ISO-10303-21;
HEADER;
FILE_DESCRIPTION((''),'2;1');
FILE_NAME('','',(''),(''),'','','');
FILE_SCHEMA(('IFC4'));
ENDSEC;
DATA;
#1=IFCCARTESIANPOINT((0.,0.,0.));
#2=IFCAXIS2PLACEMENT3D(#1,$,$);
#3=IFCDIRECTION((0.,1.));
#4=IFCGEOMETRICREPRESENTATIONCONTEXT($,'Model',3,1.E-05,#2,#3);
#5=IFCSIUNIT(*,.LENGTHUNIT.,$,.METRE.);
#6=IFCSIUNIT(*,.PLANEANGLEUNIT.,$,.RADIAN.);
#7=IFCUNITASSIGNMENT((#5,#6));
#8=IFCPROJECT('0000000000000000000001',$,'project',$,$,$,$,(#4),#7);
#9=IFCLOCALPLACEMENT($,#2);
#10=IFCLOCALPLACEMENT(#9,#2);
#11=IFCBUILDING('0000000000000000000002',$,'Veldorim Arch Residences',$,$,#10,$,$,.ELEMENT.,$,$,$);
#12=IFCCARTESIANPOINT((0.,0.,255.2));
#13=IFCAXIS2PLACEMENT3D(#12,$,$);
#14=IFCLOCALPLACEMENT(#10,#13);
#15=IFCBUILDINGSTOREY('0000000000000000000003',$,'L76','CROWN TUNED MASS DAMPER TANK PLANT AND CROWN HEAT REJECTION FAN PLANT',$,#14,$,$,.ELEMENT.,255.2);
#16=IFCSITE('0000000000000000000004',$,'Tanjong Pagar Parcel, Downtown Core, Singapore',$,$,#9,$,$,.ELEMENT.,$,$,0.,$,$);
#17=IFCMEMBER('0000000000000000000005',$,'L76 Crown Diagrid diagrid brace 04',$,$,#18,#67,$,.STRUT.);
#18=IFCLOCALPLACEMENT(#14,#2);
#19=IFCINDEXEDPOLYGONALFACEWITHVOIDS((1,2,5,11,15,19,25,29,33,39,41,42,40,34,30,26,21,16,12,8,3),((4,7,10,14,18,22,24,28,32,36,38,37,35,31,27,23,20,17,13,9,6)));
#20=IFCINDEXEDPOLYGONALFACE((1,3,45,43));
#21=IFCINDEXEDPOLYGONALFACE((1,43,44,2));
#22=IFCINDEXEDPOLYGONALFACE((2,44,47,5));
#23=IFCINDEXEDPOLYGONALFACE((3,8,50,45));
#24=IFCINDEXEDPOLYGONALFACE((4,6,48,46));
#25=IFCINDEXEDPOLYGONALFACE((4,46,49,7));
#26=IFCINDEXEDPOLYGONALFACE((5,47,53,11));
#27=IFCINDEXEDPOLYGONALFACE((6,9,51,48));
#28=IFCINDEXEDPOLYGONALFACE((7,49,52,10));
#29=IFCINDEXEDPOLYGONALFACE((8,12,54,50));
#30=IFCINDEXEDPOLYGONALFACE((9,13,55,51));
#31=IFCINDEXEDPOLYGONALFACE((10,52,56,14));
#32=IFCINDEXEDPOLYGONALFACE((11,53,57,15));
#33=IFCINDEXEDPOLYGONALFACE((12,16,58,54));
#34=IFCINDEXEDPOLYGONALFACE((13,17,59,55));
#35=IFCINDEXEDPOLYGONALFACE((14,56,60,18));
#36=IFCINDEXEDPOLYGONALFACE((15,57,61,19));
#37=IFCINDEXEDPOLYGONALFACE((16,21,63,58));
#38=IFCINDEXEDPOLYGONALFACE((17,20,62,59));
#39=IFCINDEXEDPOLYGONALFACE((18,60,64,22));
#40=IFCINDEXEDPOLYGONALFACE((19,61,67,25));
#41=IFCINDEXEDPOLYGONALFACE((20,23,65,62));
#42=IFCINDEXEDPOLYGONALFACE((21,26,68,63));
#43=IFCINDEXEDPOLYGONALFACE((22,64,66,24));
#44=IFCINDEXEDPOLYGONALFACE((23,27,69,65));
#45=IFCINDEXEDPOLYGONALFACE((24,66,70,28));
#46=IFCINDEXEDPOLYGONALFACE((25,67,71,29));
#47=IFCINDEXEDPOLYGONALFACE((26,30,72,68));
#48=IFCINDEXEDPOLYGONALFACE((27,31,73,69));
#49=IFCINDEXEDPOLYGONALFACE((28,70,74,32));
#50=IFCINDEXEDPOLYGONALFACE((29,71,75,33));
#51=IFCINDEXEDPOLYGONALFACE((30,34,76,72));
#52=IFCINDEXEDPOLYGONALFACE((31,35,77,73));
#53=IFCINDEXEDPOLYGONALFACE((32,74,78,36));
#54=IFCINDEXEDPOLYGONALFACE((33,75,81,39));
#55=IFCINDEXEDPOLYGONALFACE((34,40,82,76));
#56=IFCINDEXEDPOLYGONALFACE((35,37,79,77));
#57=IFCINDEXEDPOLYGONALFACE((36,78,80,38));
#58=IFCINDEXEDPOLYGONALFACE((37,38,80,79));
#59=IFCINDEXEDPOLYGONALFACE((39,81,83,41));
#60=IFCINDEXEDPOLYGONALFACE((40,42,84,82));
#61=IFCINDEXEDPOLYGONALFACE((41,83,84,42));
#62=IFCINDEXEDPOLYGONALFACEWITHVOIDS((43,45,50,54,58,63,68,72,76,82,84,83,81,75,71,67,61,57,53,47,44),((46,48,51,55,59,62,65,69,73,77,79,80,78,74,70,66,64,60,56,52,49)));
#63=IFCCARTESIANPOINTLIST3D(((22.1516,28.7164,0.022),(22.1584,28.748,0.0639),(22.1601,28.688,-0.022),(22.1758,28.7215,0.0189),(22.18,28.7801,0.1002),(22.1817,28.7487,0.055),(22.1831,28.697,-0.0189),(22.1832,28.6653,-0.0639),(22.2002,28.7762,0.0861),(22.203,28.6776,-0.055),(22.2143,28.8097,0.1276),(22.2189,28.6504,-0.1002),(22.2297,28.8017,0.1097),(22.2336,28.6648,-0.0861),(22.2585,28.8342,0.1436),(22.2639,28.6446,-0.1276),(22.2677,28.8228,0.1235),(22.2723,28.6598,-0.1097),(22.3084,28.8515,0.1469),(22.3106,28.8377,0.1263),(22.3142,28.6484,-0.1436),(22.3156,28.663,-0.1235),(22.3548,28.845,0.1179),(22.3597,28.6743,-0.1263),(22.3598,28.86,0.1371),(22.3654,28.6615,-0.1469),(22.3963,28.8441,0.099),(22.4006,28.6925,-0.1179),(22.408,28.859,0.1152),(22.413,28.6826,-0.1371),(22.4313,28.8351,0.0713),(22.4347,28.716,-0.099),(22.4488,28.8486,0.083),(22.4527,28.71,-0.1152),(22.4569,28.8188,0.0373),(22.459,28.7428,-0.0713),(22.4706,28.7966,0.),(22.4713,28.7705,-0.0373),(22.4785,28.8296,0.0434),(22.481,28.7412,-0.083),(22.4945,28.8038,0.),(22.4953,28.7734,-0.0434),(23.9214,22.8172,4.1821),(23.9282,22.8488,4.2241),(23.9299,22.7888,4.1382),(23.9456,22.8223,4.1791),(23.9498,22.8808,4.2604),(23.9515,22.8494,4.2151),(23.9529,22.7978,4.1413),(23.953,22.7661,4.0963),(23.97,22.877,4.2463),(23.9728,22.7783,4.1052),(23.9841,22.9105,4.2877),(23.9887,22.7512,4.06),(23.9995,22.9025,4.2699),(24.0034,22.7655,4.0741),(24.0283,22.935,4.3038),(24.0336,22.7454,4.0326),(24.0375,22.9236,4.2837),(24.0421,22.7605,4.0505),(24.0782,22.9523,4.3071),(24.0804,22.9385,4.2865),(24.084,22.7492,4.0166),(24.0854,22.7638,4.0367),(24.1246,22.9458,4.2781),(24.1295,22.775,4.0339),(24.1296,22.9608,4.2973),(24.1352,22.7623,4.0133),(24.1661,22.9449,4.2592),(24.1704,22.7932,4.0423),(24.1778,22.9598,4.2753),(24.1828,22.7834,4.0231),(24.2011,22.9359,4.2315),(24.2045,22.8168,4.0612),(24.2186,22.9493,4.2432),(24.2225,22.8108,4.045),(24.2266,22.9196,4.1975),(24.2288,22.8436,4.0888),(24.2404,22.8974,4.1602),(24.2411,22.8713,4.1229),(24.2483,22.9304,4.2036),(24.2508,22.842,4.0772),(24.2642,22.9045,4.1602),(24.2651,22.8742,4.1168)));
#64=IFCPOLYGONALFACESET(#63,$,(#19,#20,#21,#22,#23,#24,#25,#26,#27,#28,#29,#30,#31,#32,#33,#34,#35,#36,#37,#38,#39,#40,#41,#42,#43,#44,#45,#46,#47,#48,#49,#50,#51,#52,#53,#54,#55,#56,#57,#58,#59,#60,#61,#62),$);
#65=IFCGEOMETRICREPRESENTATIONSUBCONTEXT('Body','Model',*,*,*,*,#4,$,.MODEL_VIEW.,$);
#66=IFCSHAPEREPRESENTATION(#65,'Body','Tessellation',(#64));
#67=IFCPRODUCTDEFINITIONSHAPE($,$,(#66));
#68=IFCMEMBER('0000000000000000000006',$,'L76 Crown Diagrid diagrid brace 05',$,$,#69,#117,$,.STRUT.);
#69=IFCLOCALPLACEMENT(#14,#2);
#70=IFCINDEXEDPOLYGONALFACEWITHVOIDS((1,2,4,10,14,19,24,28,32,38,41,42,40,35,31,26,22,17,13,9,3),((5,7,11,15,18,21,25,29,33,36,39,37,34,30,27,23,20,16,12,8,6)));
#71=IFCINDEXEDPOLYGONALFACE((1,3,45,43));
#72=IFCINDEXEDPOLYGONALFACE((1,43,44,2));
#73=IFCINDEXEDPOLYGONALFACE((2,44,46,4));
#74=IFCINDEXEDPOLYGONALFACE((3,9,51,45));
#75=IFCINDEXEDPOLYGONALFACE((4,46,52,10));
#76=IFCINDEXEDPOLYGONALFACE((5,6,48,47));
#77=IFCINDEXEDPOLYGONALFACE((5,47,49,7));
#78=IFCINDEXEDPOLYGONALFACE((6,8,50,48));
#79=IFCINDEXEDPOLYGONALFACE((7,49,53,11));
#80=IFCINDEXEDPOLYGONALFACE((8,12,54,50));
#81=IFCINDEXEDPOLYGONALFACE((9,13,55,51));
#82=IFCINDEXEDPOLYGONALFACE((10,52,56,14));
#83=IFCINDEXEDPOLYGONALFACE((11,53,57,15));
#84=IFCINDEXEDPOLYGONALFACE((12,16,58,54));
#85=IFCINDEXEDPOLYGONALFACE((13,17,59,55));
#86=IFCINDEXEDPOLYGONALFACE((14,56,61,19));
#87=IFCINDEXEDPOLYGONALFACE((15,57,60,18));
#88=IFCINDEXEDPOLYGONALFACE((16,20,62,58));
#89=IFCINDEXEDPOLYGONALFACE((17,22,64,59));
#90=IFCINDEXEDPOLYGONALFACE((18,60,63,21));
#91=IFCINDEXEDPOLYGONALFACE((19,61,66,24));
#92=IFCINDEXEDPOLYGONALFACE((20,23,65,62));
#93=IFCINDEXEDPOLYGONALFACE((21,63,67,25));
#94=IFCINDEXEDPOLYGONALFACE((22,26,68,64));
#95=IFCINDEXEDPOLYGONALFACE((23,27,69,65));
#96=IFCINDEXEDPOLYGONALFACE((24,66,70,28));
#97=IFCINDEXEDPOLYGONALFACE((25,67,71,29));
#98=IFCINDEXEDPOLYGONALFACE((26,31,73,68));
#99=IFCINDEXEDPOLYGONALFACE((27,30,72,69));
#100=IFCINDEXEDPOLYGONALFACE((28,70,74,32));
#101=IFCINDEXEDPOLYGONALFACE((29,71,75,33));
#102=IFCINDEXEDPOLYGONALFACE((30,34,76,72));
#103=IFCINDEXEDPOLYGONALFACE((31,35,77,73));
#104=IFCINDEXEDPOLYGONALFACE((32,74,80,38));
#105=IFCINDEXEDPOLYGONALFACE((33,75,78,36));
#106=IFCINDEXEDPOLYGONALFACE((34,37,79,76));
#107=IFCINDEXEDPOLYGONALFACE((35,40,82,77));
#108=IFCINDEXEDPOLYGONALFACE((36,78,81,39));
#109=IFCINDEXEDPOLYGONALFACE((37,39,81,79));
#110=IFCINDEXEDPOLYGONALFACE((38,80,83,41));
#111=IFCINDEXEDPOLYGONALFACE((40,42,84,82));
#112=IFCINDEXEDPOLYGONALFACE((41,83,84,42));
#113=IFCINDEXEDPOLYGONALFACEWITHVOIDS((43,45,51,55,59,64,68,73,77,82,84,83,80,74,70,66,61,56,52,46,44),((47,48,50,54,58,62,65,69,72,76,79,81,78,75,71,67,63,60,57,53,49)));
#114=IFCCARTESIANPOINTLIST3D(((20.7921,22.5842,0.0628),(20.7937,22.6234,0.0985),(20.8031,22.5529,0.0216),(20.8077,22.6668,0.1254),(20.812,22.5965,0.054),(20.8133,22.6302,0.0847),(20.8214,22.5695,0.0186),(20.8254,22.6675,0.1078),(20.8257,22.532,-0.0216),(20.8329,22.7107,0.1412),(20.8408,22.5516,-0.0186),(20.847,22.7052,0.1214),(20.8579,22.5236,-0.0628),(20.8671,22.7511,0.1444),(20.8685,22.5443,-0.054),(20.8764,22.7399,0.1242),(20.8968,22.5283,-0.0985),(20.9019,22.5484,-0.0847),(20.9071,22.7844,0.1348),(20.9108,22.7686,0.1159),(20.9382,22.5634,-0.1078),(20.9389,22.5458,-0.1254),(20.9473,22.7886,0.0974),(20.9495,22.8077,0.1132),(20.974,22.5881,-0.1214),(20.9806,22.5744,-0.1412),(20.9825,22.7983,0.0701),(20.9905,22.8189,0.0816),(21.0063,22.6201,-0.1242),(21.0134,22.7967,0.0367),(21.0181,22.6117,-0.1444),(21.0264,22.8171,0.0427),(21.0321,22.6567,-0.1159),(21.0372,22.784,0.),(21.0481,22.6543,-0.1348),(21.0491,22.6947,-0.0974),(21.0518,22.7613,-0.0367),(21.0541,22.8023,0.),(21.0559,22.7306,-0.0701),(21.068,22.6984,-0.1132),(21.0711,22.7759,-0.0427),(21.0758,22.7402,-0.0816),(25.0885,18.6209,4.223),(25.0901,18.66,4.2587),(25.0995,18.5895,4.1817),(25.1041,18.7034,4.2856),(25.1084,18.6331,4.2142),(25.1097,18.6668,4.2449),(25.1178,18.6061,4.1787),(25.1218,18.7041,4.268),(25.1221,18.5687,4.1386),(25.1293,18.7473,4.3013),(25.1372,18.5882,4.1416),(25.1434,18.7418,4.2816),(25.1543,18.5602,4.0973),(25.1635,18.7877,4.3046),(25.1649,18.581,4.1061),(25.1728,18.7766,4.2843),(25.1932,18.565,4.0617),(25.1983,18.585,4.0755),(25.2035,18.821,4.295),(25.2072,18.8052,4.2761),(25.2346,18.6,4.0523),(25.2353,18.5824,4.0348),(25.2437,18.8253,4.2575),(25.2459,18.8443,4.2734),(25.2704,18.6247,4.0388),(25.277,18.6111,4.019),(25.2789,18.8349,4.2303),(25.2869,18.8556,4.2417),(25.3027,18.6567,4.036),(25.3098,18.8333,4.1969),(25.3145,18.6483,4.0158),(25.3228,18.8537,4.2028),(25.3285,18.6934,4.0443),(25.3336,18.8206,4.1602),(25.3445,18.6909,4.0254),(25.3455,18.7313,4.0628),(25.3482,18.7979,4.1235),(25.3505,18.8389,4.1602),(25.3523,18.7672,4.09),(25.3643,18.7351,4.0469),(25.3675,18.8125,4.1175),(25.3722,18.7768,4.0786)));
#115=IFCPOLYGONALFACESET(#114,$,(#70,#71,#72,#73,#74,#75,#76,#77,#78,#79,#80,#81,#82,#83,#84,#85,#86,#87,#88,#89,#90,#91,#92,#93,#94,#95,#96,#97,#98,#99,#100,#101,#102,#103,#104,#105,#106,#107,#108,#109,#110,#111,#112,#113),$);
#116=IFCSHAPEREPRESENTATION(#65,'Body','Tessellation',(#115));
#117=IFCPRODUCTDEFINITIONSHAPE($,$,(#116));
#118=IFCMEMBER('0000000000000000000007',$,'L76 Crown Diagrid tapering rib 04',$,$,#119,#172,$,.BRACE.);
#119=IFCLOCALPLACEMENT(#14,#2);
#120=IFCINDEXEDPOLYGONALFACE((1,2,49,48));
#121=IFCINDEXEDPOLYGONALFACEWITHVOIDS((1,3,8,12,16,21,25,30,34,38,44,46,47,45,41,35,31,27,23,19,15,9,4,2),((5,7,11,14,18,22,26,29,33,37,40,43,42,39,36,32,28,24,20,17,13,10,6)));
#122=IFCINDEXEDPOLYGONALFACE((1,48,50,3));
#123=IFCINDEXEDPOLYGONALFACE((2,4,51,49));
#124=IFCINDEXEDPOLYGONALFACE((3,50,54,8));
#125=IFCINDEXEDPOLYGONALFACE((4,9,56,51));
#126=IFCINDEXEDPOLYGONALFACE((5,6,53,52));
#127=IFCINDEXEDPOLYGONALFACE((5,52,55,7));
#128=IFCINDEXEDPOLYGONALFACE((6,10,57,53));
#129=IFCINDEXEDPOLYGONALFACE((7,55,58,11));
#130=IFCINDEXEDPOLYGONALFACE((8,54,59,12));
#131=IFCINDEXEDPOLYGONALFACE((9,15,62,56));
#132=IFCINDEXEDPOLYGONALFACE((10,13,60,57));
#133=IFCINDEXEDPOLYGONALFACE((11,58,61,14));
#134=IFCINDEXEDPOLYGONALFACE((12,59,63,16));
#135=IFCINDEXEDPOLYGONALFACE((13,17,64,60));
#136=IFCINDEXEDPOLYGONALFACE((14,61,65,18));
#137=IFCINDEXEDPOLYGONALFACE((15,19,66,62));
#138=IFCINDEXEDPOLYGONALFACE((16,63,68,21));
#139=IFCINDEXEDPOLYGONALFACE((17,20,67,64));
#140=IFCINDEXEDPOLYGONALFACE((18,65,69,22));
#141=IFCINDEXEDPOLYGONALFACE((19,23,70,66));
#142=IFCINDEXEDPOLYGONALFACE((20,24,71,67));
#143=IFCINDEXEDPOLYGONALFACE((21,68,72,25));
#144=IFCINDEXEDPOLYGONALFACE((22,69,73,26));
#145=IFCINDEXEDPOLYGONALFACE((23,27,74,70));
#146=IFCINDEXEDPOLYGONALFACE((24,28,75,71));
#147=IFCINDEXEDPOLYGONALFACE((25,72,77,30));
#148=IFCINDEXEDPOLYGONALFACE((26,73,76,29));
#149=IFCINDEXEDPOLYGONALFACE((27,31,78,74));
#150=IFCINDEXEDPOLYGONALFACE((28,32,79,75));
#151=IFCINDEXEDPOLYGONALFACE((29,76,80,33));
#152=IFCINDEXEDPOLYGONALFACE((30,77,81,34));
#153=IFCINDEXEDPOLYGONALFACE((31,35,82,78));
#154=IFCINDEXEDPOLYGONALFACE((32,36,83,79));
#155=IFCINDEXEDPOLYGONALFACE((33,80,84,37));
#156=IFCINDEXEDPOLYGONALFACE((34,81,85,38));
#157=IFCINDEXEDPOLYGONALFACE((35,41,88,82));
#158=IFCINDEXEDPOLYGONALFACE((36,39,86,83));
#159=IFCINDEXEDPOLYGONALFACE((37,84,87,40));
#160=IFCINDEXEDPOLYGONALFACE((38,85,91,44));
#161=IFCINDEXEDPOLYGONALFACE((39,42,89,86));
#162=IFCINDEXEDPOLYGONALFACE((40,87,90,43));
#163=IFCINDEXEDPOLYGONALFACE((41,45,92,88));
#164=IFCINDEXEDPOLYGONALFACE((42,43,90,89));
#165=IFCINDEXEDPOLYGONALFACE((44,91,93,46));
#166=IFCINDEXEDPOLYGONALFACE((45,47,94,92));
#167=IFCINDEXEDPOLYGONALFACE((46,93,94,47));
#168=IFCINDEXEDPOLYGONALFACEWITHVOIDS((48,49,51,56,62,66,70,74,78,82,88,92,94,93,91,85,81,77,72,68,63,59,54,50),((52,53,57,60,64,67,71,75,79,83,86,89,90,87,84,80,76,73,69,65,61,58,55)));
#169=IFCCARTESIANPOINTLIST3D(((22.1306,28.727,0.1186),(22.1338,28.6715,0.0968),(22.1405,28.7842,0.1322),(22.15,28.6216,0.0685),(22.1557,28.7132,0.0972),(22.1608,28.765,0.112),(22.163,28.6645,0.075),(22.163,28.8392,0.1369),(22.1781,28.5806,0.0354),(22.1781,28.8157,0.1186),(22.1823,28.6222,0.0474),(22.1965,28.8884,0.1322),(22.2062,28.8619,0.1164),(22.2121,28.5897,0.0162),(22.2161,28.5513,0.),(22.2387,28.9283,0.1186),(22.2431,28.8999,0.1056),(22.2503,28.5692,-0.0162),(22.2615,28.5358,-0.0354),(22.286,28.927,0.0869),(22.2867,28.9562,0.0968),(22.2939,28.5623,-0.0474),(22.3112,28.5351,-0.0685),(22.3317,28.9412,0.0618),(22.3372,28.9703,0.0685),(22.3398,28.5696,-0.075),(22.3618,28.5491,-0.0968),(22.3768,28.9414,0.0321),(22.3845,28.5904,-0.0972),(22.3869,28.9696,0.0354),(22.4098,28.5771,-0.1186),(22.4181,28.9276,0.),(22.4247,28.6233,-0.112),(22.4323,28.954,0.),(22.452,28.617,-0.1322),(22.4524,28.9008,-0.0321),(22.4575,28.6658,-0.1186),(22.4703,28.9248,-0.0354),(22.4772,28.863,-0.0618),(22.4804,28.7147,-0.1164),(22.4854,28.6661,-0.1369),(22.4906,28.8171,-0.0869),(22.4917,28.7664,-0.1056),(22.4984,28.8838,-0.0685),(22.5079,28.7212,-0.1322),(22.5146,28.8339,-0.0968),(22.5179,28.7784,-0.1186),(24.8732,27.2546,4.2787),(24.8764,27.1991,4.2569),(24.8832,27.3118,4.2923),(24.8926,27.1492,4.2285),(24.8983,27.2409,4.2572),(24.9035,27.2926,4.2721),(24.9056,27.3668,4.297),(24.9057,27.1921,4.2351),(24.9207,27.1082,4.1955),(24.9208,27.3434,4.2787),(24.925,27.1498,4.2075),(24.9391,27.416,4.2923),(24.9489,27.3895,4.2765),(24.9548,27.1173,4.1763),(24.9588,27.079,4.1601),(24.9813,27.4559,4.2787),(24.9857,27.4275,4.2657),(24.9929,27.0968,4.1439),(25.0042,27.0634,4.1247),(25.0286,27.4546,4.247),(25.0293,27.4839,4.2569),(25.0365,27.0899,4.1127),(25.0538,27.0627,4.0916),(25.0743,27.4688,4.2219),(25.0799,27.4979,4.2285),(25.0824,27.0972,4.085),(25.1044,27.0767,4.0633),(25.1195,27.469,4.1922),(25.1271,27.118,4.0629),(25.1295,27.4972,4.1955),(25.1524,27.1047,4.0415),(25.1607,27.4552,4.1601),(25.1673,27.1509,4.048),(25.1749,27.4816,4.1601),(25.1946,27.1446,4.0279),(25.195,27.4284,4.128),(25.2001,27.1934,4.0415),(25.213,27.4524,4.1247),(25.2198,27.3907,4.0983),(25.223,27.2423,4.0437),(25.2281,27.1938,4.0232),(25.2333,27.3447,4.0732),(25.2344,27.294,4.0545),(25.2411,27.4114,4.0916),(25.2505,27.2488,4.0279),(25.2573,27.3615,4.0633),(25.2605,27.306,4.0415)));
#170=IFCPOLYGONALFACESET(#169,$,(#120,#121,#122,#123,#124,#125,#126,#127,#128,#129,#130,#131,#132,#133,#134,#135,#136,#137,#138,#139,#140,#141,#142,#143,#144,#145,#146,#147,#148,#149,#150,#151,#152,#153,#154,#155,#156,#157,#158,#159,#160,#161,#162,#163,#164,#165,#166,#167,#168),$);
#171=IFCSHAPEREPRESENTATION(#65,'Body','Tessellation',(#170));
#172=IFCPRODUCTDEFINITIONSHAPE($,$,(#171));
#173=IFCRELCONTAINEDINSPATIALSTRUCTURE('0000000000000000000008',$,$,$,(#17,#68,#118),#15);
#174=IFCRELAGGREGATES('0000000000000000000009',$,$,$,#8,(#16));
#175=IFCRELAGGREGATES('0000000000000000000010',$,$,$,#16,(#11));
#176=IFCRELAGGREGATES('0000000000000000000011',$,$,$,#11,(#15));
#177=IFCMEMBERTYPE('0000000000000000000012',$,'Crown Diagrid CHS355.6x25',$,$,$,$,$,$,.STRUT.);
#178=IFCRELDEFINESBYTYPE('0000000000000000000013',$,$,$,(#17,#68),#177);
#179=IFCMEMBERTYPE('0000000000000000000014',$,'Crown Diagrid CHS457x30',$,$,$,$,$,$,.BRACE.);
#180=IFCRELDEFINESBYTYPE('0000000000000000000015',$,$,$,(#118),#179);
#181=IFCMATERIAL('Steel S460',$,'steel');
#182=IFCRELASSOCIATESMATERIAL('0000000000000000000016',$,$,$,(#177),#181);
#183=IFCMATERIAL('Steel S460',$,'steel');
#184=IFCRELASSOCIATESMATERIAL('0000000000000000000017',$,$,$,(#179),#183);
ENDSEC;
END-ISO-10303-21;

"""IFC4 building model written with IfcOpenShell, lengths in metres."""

from ifc_helpers import new_model, si_unit, direction, frame, origin, origin_2d, place, context, subcontext, project, spatial, hollow_circle, extrude, material, material_profile, profile_set, type_object, element, save


model = new_model("IFC4")

# Units and contexts
model_context = context("Model", 3, precision=1e-05, world=origin(), true_north=direction((0.0, 1.0)))
body_context = subcontext(model_context, "Body", "Model", "MODEL_VIEW")
ifc_project = project(units=[si_unit("LENGTHUNIT", "METRE"), si_unit("PLANEANGLEUNIT", "RADIAN")], contexts=[model_context])

# Site, building, storey
site_placement = place(None, origin())
site = spatial("IfcSite", under=ifc_project, at=site_placement, Name="Tanjong Pagar Parcel, Downtown Core, Singapore", CompositionType="ELEMENT", RefElevation=0.0)
building_placement = place(site_placement, origin())
building = spatial("IfcBuilding", under=site, at=building_placement, Name="Veldorim Arch Residences", CompositionType="ELEMENT")
storey_placement = place(building_placement, frame((0.0, 0.0, 255.2)))
storey = spatial("IfcBuildingStorey", under=building, at=storey_placement, Name="L76", Description="CROWN TUNED MASS DAMPER TANK PLANT AND CROWN HEAT REJECTION FAN PLANT", CompositionType="ELEMENT", Elevation=255.2)

# Members
ifc_material_1 = material(Name="Steel S460", Category="steel")
ifc_material_profile_1 = material_profile(ifc_material_1, hollow_circle(Radius=0.1777, WallThickness=0.0249, at=origin_2d()), Name="CHS355.6x25")
ifc_profile_set_1 = profile_set([ifc_material_profile_1], Name="Steel S460")
member_type_1 = type_object("IfcMemberType", Name="Crown Diagrid CHS355.6x25", PredefinedType="STRUT", material=ifc_profile_set_1)
member_1_placement = place(storey_placement, frame((22.3242, 28.7527, 0.0), z_axis=(0.238119, -0.79372, 0.559739), x_axis=(0.957825, 0.287352, 0.0)))
element("IfcMember", 1, at=member_1_placement, inside=storey, type_object=member_type_1, Name="L76 Crown Diagrid diagrid brace 04", PredefinedType="STRUT", context=body_context, shape_type="SweptSolid", body=[
    extrude(hollow_circle(Radius=0.1777, WallThickness=0.0249, at=origin_2d()), origin(), (0.0, 0.0, 1.0), 7.4324),
])
member_2_placement = place(storey_placement, frame((20.9336, 22.6716, 0.0), z_axis=(0.598837, -0.552422, 0.579849), x_axis=(0.678048, 0.735018, 0.0)))
element("IfcMember", 2, at=member_2_placement, inside=storey, type_object=member_type_1, Name="L76 Crown Diagrid diagrid brace 05", PredefinedType="STRUT", context=body_context, shape_type="SweptSolid", body=[
    extrude(hollow_circle(Radius=0.1777, WallThickness=0.0249, at=origin_2d()), origin(), (0.0, 0.0, 1.0), 7.1746),
])
ifc_material_2 = material(Name="Steel S460", Category="steel")
ifc_material_profile_2 = material_profile(ifc_material_2, hollow_circle(Radius=0.2285, WallThickness=0.03, at=origin_2d()), Name="CHS457x30")
ifc_profile_set_2 = profile_set([ifc_material_profile_2], Name="Steel S460")
member_type_2 = type_object("IfcMemberType", Name="Crown Diagrid CHS457x30", PredefinedType="BRACE", material=ifc_profile_set_2)
member_3_placement = place(storey_placement, frame((22.3242, 28.7527, 0.0), z_axis=(0.527856, -0.283381, 0.800664), x_axis=(0.473, 0.881062, 0.0)))
element("IfcMember", 3, at=member_3_placement, inside=storey, type_object=member_type_2, Name="L76 Crown Diagrid tapering rib 04", PredefinedType="BRACE", context=body_context, shape_type="SweptSolid", body=[
    extrude(hollow_circle(Radius=0.2285, WallThickness=0.03, at=origin_2d()), origin(), (0.0, 0.0, 1.0), 5.1958),
])

save(model, "model.ifc")
